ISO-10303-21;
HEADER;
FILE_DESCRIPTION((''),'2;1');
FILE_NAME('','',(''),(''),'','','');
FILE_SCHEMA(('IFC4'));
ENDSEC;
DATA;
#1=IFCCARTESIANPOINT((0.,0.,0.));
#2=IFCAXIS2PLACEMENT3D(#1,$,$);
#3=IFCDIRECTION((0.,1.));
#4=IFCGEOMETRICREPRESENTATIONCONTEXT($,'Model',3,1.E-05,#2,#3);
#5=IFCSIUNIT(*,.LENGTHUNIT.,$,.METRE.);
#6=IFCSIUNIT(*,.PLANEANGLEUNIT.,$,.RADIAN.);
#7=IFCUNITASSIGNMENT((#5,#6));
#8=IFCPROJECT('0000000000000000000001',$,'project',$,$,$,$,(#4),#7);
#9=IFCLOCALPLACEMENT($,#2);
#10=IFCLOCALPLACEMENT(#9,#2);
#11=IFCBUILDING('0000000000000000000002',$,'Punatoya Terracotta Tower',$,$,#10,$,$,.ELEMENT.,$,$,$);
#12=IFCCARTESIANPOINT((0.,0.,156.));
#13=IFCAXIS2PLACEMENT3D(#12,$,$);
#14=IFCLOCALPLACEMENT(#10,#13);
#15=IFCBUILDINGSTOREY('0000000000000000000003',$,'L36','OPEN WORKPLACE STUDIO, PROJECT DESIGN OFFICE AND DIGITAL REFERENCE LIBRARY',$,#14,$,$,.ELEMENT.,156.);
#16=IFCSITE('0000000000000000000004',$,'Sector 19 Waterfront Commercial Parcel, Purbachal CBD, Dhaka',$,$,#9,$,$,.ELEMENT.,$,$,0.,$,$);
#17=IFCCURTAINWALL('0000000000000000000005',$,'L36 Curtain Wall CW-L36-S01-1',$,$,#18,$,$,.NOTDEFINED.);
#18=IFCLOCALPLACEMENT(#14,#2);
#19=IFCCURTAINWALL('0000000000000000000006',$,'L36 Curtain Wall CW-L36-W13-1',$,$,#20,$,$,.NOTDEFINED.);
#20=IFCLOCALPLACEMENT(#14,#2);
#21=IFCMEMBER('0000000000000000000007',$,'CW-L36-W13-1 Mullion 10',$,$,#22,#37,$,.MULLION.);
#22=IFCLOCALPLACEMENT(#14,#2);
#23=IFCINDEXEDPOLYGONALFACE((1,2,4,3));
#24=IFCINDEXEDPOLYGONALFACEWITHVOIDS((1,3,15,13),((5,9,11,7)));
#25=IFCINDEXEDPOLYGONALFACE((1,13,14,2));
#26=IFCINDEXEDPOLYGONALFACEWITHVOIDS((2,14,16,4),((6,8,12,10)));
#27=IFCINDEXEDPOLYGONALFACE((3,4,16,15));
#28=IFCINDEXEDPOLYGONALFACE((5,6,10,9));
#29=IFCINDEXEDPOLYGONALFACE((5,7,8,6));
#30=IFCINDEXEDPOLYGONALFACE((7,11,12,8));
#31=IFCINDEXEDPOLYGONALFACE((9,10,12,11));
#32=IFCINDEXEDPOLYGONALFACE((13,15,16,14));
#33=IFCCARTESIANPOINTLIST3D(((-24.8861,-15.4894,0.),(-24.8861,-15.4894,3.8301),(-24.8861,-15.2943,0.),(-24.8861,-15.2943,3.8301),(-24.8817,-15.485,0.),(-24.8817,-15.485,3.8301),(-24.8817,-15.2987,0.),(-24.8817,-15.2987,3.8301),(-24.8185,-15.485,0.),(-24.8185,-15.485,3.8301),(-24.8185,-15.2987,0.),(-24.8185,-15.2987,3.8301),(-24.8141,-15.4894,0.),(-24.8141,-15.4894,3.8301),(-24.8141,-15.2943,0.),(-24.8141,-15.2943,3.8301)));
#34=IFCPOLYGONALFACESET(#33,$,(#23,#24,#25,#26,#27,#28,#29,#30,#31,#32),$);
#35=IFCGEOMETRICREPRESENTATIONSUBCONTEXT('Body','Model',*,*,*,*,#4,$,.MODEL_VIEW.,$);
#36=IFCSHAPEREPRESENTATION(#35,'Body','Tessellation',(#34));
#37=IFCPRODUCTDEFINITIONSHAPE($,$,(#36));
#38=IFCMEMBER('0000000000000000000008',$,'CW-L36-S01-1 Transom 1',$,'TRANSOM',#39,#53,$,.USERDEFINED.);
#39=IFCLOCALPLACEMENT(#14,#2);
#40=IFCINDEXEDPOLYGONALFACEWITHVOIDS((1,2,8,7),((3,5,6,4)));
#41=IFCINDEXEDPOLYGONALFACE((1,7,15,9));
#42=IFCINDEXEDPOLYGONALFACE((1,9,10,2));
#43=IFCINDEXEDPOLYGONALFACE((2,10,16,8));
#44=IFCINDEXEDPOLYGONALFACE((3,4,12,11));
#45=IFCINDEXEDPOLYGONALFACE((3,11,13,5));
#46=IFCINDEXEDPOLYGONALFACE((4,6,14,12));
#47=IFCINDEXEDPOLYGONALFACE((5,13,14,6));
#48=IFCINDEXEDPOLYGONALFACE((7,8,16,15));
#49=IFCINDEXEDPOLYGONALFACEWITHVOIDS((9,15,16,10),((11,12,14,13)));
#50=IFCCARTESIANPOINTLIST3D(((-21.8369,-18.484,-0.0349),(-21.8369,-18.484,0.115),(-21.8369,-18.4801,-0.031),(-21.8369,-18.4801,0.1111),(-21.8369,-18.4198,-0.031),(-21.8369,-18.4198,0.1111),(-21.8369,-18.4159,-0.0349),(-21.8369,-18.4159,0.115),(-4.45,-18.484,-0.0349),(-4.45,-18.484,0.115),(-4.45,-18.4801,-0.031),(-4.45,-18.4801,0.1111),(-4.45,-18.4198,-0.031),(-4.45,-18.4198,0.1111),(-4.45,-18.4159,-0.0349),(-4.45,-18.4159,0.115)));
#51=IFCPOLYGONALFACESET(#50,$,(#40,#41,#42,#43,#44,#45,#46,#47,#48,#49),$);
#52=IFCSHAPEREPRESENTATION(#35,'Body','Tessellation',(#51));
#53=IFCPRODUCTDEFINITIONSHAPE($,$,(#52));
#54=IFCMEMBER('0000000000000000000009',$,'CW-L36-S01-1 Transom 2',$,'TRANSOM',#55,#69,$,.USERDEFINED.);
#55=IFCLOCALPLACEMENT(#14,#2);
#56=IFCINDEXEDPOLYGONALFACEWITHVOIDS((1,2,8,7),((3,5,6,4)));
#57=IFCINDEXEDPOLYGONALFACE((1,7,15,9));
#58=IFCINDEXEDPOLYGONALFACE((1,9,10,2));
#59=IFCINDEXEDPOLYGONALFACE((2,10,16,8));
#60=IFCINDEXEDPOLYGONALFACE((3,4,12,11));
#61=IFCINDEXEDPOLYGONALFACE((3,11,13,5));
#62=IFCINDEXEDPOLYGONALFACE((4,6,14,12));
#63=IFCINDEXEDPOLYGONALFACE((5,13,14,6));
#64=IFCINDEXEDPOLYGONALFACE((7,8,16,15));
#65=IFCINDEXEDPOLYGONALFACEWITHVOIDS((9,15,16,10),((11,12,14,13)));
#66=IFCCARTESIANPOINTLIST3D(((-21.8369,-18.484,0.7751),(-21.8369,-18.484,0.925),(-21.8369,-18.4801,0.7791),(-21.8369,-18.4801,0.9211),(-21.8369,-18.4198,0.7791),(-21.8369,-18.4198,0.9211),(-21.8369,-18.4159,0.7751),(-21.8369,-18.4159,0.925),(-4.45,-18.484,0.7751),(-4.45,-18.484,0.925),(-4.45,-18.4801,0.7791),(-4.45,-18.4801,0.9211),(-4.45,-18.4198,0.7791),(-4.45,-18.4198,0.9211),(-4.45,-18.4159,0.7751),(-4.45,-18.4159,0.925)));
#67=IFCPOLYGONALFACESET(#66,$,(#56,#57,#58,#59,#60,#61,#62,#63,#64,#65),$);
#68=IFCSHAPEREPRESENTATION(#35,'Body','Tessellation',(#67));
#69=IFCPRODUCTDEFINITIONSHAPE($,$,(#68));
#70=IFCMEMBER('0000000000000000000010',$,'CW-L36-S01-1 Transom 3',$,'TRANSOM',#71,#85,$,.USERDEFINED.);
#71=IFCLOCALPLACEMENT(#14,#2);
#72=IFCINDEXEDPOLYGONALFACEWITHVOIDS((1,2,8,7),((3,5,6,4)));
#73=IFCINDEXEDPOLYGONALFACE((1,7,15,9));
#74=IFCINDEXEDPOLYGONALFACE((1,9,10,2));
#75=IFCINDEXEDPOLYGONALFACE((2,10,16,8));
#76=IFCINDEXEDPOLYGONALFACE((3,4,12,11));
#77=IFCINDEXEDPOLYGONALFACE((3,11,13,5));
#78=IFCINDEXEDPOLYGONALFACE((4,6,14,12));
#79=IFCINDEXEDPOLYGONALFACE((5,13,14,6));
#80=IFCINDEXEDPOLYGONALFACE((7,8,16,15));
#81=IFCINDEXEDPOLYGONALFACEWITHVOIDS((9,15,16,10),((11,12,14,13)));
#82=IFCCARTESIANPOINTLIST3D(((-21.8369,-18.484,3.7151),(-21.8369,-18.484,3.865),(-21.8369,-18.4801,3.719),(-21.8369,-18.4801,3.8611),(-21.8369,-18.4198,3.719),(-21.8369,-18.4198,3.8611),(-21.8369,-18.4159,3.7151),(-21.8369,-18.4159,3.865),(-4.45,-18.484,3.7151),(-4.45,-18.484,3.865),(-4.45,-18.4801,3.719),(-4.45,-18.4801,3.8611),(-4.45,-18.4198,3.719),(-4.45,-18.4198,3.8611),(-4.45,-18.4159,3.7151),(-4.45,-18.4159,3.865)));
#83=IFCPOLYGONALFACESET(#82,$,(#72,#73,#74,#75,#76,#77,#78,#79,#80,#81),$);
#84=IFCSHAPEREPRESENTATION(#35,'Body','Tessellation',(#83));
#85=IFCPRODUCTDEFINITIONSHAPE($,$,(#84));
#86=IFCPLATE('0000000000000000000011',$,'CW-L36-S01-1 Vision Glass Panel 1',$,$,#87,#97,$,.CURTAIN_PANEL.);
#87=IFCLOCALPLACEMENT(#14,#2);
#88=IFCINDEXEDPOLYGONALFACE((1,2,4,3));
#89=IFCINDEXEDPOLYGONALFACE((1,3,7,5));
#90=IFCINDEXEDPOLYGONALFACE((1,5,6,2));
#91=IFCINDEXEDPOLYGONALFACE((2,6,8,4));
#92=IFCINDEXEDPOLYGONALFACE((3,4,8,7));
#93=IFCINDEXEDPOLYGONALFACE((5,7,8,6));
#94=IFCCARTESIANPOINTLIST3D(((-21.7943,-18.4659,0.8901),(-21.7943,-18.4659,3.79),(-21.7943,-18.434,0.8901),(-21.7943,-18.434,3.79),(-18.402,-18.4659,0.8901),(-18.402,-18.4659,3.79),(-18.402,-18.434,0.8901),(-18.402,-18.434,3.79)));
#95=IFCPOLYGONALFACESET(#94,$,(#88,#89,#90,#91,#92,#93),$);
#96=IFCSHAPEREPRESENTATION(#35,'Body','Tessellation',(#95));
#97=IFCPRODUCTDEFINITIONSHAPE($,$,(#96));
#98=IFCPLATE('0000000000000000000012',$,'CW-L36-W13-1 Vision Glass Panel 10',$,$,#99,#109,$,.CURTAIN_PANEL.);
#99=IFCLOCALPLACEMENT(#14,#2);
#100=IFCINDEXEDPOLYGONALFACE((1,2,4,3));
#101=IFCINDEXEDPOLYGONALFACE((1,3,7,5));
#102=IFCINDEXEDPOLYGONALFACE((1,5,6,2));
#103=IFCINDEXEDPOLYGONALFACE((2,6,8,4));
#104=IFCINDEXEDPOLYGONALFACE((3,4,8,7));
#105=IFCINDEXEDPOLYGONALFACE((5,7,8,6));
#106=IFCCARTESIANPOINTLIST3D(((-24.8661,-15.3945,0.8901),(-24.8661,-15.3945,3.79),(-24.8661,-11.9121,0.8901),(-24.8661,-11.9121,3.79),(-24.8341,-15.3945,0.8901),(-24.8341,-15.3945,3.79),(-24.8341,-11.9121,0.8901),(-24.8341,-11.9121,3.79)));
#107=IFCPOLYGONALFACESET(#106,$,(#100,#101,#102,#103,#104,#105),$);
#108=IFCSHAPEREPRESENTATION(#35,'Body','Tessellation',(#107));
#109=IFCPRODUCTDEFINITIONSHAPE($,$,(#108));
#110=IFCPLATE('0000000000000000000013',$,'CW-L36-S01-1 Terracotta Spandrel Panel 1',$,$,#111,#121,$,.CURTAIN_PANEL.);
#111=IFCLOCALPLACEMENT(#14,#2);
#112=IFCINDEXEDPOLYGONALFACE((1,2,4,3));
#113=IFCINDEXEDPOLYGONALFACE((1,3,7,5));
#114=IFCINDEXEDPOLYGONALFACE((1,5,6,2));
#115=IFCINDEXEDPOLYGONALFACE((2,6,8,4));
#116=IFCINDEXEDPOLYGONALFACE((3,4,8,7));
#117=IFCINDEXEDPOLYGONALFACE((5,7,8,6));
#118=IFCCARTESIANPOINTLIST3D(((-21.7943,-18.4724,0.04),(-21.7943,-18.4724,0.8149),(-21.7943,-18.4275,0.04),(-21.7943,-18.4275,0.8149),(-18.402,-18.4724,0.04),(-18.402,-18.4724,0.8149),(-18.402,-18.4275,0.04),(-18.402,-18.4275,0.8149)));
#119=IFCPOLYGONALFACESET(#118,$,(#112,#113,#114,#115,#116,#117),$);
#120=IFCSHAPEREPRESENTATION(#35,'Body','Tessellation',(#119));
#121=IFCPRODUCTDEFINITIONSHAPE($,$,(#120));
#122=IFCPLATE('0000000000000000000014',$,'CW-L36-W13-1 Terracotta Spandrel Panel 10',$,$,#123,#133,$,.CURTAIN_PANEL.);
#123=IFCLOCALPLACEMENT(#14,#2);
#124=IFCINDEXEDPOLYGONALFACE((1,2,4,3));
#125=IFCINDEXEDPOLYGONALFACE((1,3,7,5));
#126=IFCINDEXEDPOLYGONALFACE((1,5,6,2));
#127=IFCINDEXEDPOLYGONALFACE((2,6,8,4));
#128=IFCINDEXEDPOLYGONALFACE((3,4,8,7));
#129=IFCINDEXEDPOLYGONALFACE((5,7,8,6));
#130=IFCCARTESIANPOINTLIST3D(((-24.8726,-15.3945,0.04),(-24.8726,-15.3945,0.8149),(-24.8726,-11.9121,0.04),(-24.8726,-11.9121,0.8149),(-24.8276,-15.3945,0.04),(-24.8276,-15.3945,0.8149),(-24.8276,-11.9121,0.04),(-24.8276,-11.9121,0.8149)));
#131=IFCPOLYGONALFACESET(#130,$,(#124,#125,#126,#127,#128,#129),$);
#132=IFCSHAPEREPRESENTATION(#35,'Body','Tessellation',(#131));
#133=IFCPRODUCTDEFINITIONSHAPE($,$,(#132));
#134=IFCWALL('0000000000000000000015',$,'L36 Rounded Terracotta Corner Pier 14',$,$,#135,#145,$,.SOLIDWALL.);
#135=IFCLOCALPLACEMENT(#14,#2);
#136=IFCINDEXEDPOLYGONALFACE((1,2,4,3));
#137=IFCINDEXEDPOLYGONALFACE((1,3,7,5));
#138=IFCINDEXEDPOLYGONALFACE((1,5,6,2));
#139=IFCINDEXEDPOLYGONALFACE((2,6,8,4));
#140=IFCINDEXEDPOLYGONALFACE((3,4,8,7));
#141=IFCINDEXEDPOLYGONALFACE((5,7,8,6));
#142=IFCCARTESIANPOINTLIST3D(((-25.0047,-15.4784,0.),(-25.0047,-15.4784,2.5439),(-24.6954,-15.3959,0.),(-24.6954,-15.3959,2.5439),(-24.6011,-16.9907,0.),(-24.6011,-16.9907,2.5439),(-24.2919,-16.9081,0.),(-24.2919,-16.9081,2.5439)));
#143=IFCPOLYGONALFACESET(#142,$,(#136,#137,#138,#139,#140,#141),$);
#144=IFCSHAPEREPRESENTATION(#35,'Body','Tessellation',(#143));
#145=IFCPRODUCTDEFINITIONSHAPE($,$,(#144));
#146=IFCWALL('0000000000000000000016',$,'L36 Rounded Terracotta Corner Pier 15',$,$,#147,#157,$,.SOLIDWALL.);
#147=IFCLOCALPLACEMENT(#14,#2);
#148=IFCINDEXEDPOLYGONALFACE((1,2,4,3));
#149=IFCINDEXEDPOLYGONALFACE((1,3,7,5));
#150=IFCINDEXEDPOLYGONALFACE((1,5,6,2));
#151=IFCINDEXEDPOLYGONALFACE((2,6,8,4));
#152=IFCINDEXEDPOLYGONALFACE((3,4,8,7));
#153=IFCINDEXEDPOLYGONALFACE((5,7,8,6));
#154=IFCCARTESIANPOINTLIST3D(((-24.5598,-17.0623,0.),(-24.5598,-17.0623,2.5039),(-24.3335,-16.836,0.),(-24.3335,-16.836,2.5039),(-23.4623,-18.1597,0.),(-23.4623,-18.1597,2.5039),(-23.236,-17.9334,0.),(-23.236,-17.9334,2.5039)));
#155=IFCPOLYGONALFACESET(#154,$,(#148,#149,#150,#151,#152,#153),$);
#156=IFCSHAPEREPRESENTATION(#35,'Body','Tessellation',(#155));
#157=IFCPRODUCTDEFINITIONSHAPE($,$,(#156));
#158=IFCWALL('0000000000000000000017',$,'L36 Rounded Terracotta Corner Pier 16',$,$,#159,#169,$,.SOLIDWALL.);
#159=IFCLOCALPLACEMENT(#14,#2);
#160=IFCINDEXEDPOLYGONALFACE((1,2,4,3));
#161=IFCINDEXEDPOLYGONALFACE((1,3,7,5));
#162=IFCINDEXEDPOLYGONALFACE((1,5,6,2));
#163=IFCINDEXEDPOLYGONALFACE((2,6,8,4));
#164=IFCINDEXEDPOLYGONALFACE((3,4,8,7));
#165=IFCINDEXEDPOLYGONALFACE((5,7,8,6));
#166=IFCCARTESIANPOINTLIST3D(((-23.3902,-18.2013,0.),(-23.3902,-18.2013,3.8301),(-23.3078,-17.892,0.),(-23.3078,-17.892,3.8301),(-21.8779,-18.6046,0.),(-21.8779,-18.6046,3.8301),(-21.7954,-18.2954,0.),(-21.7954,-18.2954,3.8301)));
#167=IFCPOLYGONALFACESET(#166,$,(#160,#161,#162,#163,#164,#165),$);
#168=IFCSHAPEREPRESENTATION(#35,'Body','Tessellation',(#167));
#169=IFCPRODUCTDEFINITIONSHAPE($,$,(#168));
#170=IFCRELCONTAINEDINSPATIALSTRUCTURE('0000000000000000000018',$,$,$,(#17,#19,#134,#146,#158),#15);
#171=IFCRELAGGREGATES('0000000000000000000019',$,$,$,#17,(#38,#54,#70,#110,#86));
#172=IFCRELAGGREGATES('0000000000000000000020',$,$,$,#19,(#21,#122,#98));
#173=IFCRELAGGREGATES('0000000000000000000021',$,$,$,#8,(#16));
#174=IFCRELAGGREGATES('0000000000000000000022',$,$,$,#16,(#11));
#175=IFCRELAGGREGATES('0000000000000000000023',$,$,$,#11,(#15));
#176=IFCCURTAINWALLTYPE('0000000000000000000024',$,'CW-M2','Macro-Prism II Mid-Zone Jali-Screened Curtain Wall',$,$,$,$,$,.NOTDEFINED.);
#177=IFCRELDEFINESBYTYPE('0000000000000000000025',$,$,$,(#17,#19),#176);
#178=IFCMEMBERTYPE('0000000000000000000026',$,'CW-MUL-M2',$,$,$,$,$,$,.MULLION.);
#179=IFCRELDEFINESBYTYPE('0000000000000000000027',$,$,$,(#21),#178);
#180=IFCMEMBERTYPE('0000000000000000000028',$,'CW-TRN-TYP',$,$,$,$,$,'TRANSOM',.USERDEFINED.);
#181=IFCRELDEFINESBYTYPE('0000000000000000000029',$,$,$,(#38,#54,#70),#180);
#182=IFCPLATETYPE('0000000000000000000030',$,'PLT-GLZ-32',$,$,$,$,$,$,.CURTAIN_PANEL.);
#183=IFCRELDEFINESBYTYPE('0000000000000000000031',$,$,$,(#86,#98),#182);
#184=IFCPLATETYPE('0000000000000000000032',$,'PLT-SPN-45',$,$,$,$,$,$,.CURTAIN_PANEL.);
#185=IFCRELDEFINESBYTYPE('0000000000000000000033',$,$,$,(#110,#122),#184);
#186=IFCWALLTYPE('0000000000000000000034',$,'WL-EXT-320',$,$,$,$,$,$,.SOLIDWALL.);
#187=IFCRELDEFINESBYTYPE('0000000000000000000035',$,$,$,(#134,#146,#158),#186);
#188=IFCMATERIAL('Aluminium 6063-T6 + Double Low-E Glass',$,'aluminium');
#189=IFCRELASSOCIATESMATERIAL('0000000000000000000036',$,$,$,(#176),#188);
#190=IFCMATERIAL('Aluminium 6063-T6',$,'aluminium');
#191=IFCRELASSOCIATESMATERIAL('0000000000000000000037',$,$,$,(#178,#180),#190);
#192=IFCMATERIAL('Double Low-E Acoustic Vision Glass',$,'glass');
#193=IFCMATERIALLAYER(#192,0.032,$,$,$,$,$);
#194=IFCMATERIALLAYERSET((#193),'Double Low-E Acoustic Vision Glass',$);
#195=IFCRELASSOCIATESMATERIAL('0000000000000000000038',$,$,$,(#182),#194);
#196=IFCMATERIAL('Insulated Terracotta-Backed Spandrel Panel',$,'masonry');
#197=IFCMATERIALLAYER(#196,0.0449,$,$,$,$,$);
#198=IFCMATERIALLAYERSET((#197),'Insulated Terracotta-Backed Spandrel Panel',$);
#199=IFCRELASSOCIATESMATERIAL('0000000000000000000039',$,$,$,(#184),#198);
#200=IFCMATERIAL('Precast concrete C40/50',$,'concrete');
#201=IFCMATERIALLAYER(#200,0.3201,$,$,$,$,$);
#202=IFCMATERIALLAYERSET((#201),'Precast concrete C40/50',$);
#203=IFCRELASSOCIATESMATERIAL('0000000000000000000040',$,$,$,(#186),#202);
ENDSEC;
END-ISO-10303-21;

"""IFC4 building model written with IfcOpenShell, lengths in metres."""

from ifc_helpers import new_model, si_unit, direction, frame, frame_2d, origin, origin_2d, place, context, subcontext, project, spatial, rectangle, hollow_rectangle, extrude, material, layer, layer_set, material_profile, profile_set, type_object, element, aggregate, save


model = new_model("IFC4")

# Units and contexts
model_context = context("Model", 3, precision=1e-05, world=origin(), true_north=direction((0.0, 1.0)))
body_context = subcontext(model_context, "Body", "Model", "MODEL_VIEW")
ifc_project = project(units=[si_unit("LENGTHUNIT", "METRE"), si_unit("PLANEANGLEUNIT", "RADIAN")], contexts=[model_context])

# Site, building, storey
site_placement = place(None, origin())
site = spatial("IfcSite", under=ifc_project, at=site_placement, Name="Sector 19 Waterfront Commercial Parcel, Purbachal CBD, Dhaka", CompositionType="ELEMENT", RefElevation=0.0)
building_placement = place(site_placement, origin())
building = spatial("IfcBuilding", under=site, at=building_placement, Name="Punatoya Terracotta Tower", CompositionType="ELEMENT")
storey_placement = place(building_placement, frame((0.0, 0.0, 156.0)))
storey = spatial("IfcBuildingStorey", under=building, at=storey_placement, Name="L36", Description="OPEN WORKPLACE STUDIO, PROJECT DESIGN OFFICE AND DIGITAL REFERENCE LIBRARY", CompositionType="ELEMENT", Elevation=156.0)

# Curtain wall
ifc_material_1 = material(Name="Aluminium 6063-T6 + Double Low-E Glass", Category="aluminium")
curtain_wall_type = type_object("IfcCurtainWallType", Name="CW-M2", Description="Macro-Prism II Mid-Zone Jali-Screened Curtain Wall", PredefinedType="NOTDEFINED", material=ifc_material_1)
curtain_wall_1_placement = place(storey_placement, origin())
curtain_wall_1 = element("IfcCurtainWall", 1, at=curtain_wall_1_placement, inside=storey, type_object=curtain_wall_type, Name="L36 Curtain Wall CW-L36-S01-1", PredefinedType="NOTDEFINED")
ifc_material_2 = material(Name="Aluminium 6063-T6", Category="aluminium")
ifc_material_profile_1 = material_profile(ifc_material_2, hollow_rectangle(XDim=0.072, YDim=0.1951, WallThickness=0.0044, at=origin_2d()))
ifc_profile_set_1 = profile_set([ifc_material_profile_1], Name="Aluminium 6063-T6")
member_type_1 = type_object("IfcMemberType", Name="CW-MUL-M2", PredefinedType="MULLION", material=ifc_profile_set_1)

# Curtain wall, member
curtain_wall_2_placement = place(storey_placement, origin())
curtain_wall_2 = element("IfcCurtainWall", 2, at=curtain_wall_2_placement, inside=storey, type_object=curtain_wall_type, Name="L36 Curtain Wall CW-L36-W13-1", PredefinedType="NOTDEFINED")
member_1_placement = place(storey_placement, frame((-24.8501, -15.3918, 0.0), z_axis=(0.0, 0.0, 1.0), x_axis=(1.0, 0.0, 0.0)))
member_1 = element("IfcMember", 3, at=member_1_placement, type_object=member_type_1, Name="CW-L36-W13-1 Mullion 10", PredefinedType="MULLION", context=body_context, shape_type="SweptSolid", body=[
    extrude(hollow_rectangle(XDim=0.072, YDim=0.1951, WallThickness=0.0044, at=origin_2d()), origin(), (0.0, 0.0, 1.0), 3.8301),
])

# Members
ifc_material_profile_2 = material_profile(ifc_material_2, hollow_rectangle(XDim=0.0681, YDim=0.1499, WallThickness=0.0039, at=origin_2d()))
ifc_profile_set_2 = profile_set([ifc_material_profile_2], Name="Aluminium 6063-T6")
member_type_2 = type_object("IfcMemberType", Name="CW-TRN-TYP", ElementType="TRANSOM", PredefinedType="USERDEFINED", material=ifc_profile_set_2)
member_2_placement = place(storey_placement, frame((-21.8369, -18.45, 0.04), z_axis=(1.0, 0.0, 0.0), x_axis=(0.0, 1.0, 0.0)))
member_2 = element("IfcMember", 4, at=member_2_placement, type_object=member_type_2, Name="CW-L36-S01-1 Transom 1", ObjectType="TRANSOM", PredefinedType="USERDEFINED", context=body_context, shape_type="SweptSolid", body=[
    extrude(hollow_rectangle(XDim=0.0681, YDim=0.1499, WallThickness=0.0039, at=origin_2d()), origin(), (0.0, 0.0, 1.0), 17.387),
])
member_3_placement = place(storey_placement, frame((-21.8369, -18.45, 0.8501), z_axis=(1.0, 0.0, 0.0), x_axis=(0.0, 1.0, 0.0)))
member_3 = element("IfcMember", 5, at=member_3_placement, type_object=member_type_2, Name="CW-L36-S01-1 Transom 2", ObjectType="TRANSOM", PredefinedType="USERDEFINED", context=body_context, shape_type="SweptSolid", body=[
    extrude(hollow_rectangle(XDim=0.0681, YDim=0.1499, WallThickness=0.0039, at=origin_2d()), origin(), (0.0, 0.0, 1.0), 17.387),
])
member_4_placement = place(storey_placement, frame((-21.8369, -18.45, 3.79), z_axis=(1.0, 0.0, 0.0), x_axis=(0.0, 1.0, 0.0)))
member_4 = element("IfcMember", 6, at=member_4_placement, type_object=member_type_2, Name="CW-L36-S01-1 Transom 3", ObjectType="TRANSOM", PredefinedType="USERDEFINED", context=body_context, shape_type="SweptSolid", body=[
    extrude(hollow_rectangle(XDim=0.0681, YDim=0.1499, WallThickness=0.0039, at=origin_2d()), origin(), (0.0, 0.0, 1.0), 17.387),
])

# Plates
ifc_material_3 = material(Name="Double Low-E Acoustic Vision Glass", Category="glass")
ifc_layer_1 = layer(ifc_material_3, 0.032)
ifc_layer_set_1 = layer_set([ifc_layer_1], Name="Double Low-E Acoustic Vision Glass")
plate_type_1 = type_object("IfcPlateType", Name="PLT-GLZ-32", PredefinedType="CURTAIN_PANEL", material=ifc_layer_set_1)
plate_1_placement = place(storey_placement, frame((-20.0981, -18.45, 0.8901), z_axis=(0.0, 0.0, 1.0), x_axis=(1.0, 0.0, 0.0)))
plate_1 = element("IfcPlate", 7, at=plate_1_placement, type_object=plate_type_1, Name="CW-L36-S01-1 Vision Glass Panel 1", PredefinedType="CURTAIN_PANEL", context=body_context, shape_type="SweptSolid", body=[
    extrude(rectangle(XDim=3.3923, YDim=0.032, at=origin_2d()), origin(), (0.0, 0.0, 1.0), 2.8999),
])
plate_2_placement = place(storey_placement, frame((-24.8501, -13.6533, 0.8901), z_axis=(0.0, 0.0, 1.0), x_axis=(0.0, -1.0, 0.0)))
plate_2 = element("IfcPlate", 8, at=plate_2_placement, type_object=plate_type_1, Name="CW-L36-W13-1 Vision Glass Panel 10", PredefinedType="CURTAIN_PANEL", context=body_context, shape_type="SweptSolid", body=[
    extrude(rectangle(XDim=3.4824, YDim=0.032, at=origin_2d()), origin(), (0.0, 0.0, 1.0), 2.8999),
])
ifc_material_4 = material(Name="Insulated Terracotta-Backed Spandrel Panel", Category="masonry")
ifc_layer_2 = layer(ifc_material_4, 0.0449)
ifc_layer_set_2 = layer_set([ifc_layer_2], Name="Insulated Terracotta-Backed Spandrel Panel")
plate_type_2 = type_object("IfcPlateType", Name="PLT-SPN-45", PredefinedType="CURTAIN_PANEL", material=ifc_layer_set_2)
plate_3_placement = place(storey_placement, frame((-20.0981, -18.45, 0.04), z_axis=(0.0, 0.0, 1.0), x_axis=(1.0, 0.0, 0.0)))
plate_3 = element("IfcPlate", 9, at=plate_3_placement, type_object=plate_type_2, Name="CW-L36-S01-1 Terracotta Spandrel Panel 1", PredefinedType="CURTAIN_PANEL", context=body_context, shape_type="SweptSolid", body=[
    extrude(rectangle(XDim=3.3923, YDim=0.0449, at=origin_2d()), origin(), (0.0, 0.0, 1.0), 0.7749),
])
aggregate(curtain_wall_1, [member_2, member_3, member_4, plate_3, plate_1])
plate_4_placement = place(storey_placement, frame((-24.8501, -13.6533, 0.04), z_axis=(0.0, 0.0, 1.0), x_axis=(0.0, -1.0, 0.0)))
plate_4 = element("IfcPlate", 10, at=plate_4_placement, type_object=plate_type_2, Name="CW-L36-W13-1 Terracotta Spandrel Panel 10", PredefinedType="CURTAIN_PANEL", context=body_context, shape_type="SweptSolid", body=[
    extrude(rectangle(XDim=3.4824, YDim=0.0449, at=origin_2d()), origin(), (0.0, 0.0, 1.0), 0.7749),
])
aggregate(curtain_wall_2, [member_1, plate_4, plate_2])

# Walls
ifc_material_5 = material(Name="Precast concrete C40/50", Category="concrete")
ifc_layer_3 = layer(ifc_material_5, 0.3201)
ifc_layer_set_3 = layer_set([ifc_layer_3], Name="Precast concrete C40/50")
wall_type = type_object("IfcWallType", Name="WL-EXT-320", PredefinedType="SOLIDWALL", material=ifc_layer_set_3)
wall_1_placement = place(storey_placement, frame((-24.8501, -15.437, 0.0), z_axis=(0.0, 0.0, 1.0), x_axis=(0.257847, -0.966186, 0.0)))
element("IfcWall", 11, at=wall_1_placement, inside=storey, type_object=wall_type, Name="L36 Rounded Terracotta Corner Pier 14", PredefinedType="SOLIDWALL", context=body_context, shape_type="SweptSolid", body=[
    extrude(rectangle(XDim=1.5652, YDim=0.3201, at=frame_2d((0.7827, 0.0))), origin(), (0.0, 0.0, 1.0), 2.5439),
])
wall_2_placement = place(storey_placement, frame((-24.4465, -16.9492, 0.0), z_axis=(0.0, 0.0, 1.0), x_axis=(0.707107, -0.707107, 0.0)))
element("IfcWall", 12, at=wall_2_placement, inside=storey, type_object=wall_type, Name="L36 Rounded Terracotta Corner Pier 15", PredefinedType="SOLIDWALL", context=body_context, shape_type="SweptSolid", body=[
    extrude(rectangle(XDim=1.552, YDim=0.3201, at=frame_2d((0.7759, 0.0))), origin(), (0.0, 0.0, 1.0), 2.5039),
])
wall_3_placement = place(storey_placement, frame((-23.3491, -18.0466, 0.0), z_axis=(0.0, 0.0, 1.0), x_axis=(0.966225, -0.257701, 0.0)))
element("IfcWall", 13, at=wall_3_placement, inside=storey, type_object=wall_type, Name="L36 Rounded Terracotta Corner Pier 16", PredefinedType="SOLIDWALL", context=body_context, shape_type="SweptSolid", body=[
    extrude(rectangle(XDim=1.5652, YDim=0.3201, at=frame_2d((0.7827, 0.0))), origin(), (0.0, 0.0, 1.0), 3.8301),
])

save(model, "model.ifc")
